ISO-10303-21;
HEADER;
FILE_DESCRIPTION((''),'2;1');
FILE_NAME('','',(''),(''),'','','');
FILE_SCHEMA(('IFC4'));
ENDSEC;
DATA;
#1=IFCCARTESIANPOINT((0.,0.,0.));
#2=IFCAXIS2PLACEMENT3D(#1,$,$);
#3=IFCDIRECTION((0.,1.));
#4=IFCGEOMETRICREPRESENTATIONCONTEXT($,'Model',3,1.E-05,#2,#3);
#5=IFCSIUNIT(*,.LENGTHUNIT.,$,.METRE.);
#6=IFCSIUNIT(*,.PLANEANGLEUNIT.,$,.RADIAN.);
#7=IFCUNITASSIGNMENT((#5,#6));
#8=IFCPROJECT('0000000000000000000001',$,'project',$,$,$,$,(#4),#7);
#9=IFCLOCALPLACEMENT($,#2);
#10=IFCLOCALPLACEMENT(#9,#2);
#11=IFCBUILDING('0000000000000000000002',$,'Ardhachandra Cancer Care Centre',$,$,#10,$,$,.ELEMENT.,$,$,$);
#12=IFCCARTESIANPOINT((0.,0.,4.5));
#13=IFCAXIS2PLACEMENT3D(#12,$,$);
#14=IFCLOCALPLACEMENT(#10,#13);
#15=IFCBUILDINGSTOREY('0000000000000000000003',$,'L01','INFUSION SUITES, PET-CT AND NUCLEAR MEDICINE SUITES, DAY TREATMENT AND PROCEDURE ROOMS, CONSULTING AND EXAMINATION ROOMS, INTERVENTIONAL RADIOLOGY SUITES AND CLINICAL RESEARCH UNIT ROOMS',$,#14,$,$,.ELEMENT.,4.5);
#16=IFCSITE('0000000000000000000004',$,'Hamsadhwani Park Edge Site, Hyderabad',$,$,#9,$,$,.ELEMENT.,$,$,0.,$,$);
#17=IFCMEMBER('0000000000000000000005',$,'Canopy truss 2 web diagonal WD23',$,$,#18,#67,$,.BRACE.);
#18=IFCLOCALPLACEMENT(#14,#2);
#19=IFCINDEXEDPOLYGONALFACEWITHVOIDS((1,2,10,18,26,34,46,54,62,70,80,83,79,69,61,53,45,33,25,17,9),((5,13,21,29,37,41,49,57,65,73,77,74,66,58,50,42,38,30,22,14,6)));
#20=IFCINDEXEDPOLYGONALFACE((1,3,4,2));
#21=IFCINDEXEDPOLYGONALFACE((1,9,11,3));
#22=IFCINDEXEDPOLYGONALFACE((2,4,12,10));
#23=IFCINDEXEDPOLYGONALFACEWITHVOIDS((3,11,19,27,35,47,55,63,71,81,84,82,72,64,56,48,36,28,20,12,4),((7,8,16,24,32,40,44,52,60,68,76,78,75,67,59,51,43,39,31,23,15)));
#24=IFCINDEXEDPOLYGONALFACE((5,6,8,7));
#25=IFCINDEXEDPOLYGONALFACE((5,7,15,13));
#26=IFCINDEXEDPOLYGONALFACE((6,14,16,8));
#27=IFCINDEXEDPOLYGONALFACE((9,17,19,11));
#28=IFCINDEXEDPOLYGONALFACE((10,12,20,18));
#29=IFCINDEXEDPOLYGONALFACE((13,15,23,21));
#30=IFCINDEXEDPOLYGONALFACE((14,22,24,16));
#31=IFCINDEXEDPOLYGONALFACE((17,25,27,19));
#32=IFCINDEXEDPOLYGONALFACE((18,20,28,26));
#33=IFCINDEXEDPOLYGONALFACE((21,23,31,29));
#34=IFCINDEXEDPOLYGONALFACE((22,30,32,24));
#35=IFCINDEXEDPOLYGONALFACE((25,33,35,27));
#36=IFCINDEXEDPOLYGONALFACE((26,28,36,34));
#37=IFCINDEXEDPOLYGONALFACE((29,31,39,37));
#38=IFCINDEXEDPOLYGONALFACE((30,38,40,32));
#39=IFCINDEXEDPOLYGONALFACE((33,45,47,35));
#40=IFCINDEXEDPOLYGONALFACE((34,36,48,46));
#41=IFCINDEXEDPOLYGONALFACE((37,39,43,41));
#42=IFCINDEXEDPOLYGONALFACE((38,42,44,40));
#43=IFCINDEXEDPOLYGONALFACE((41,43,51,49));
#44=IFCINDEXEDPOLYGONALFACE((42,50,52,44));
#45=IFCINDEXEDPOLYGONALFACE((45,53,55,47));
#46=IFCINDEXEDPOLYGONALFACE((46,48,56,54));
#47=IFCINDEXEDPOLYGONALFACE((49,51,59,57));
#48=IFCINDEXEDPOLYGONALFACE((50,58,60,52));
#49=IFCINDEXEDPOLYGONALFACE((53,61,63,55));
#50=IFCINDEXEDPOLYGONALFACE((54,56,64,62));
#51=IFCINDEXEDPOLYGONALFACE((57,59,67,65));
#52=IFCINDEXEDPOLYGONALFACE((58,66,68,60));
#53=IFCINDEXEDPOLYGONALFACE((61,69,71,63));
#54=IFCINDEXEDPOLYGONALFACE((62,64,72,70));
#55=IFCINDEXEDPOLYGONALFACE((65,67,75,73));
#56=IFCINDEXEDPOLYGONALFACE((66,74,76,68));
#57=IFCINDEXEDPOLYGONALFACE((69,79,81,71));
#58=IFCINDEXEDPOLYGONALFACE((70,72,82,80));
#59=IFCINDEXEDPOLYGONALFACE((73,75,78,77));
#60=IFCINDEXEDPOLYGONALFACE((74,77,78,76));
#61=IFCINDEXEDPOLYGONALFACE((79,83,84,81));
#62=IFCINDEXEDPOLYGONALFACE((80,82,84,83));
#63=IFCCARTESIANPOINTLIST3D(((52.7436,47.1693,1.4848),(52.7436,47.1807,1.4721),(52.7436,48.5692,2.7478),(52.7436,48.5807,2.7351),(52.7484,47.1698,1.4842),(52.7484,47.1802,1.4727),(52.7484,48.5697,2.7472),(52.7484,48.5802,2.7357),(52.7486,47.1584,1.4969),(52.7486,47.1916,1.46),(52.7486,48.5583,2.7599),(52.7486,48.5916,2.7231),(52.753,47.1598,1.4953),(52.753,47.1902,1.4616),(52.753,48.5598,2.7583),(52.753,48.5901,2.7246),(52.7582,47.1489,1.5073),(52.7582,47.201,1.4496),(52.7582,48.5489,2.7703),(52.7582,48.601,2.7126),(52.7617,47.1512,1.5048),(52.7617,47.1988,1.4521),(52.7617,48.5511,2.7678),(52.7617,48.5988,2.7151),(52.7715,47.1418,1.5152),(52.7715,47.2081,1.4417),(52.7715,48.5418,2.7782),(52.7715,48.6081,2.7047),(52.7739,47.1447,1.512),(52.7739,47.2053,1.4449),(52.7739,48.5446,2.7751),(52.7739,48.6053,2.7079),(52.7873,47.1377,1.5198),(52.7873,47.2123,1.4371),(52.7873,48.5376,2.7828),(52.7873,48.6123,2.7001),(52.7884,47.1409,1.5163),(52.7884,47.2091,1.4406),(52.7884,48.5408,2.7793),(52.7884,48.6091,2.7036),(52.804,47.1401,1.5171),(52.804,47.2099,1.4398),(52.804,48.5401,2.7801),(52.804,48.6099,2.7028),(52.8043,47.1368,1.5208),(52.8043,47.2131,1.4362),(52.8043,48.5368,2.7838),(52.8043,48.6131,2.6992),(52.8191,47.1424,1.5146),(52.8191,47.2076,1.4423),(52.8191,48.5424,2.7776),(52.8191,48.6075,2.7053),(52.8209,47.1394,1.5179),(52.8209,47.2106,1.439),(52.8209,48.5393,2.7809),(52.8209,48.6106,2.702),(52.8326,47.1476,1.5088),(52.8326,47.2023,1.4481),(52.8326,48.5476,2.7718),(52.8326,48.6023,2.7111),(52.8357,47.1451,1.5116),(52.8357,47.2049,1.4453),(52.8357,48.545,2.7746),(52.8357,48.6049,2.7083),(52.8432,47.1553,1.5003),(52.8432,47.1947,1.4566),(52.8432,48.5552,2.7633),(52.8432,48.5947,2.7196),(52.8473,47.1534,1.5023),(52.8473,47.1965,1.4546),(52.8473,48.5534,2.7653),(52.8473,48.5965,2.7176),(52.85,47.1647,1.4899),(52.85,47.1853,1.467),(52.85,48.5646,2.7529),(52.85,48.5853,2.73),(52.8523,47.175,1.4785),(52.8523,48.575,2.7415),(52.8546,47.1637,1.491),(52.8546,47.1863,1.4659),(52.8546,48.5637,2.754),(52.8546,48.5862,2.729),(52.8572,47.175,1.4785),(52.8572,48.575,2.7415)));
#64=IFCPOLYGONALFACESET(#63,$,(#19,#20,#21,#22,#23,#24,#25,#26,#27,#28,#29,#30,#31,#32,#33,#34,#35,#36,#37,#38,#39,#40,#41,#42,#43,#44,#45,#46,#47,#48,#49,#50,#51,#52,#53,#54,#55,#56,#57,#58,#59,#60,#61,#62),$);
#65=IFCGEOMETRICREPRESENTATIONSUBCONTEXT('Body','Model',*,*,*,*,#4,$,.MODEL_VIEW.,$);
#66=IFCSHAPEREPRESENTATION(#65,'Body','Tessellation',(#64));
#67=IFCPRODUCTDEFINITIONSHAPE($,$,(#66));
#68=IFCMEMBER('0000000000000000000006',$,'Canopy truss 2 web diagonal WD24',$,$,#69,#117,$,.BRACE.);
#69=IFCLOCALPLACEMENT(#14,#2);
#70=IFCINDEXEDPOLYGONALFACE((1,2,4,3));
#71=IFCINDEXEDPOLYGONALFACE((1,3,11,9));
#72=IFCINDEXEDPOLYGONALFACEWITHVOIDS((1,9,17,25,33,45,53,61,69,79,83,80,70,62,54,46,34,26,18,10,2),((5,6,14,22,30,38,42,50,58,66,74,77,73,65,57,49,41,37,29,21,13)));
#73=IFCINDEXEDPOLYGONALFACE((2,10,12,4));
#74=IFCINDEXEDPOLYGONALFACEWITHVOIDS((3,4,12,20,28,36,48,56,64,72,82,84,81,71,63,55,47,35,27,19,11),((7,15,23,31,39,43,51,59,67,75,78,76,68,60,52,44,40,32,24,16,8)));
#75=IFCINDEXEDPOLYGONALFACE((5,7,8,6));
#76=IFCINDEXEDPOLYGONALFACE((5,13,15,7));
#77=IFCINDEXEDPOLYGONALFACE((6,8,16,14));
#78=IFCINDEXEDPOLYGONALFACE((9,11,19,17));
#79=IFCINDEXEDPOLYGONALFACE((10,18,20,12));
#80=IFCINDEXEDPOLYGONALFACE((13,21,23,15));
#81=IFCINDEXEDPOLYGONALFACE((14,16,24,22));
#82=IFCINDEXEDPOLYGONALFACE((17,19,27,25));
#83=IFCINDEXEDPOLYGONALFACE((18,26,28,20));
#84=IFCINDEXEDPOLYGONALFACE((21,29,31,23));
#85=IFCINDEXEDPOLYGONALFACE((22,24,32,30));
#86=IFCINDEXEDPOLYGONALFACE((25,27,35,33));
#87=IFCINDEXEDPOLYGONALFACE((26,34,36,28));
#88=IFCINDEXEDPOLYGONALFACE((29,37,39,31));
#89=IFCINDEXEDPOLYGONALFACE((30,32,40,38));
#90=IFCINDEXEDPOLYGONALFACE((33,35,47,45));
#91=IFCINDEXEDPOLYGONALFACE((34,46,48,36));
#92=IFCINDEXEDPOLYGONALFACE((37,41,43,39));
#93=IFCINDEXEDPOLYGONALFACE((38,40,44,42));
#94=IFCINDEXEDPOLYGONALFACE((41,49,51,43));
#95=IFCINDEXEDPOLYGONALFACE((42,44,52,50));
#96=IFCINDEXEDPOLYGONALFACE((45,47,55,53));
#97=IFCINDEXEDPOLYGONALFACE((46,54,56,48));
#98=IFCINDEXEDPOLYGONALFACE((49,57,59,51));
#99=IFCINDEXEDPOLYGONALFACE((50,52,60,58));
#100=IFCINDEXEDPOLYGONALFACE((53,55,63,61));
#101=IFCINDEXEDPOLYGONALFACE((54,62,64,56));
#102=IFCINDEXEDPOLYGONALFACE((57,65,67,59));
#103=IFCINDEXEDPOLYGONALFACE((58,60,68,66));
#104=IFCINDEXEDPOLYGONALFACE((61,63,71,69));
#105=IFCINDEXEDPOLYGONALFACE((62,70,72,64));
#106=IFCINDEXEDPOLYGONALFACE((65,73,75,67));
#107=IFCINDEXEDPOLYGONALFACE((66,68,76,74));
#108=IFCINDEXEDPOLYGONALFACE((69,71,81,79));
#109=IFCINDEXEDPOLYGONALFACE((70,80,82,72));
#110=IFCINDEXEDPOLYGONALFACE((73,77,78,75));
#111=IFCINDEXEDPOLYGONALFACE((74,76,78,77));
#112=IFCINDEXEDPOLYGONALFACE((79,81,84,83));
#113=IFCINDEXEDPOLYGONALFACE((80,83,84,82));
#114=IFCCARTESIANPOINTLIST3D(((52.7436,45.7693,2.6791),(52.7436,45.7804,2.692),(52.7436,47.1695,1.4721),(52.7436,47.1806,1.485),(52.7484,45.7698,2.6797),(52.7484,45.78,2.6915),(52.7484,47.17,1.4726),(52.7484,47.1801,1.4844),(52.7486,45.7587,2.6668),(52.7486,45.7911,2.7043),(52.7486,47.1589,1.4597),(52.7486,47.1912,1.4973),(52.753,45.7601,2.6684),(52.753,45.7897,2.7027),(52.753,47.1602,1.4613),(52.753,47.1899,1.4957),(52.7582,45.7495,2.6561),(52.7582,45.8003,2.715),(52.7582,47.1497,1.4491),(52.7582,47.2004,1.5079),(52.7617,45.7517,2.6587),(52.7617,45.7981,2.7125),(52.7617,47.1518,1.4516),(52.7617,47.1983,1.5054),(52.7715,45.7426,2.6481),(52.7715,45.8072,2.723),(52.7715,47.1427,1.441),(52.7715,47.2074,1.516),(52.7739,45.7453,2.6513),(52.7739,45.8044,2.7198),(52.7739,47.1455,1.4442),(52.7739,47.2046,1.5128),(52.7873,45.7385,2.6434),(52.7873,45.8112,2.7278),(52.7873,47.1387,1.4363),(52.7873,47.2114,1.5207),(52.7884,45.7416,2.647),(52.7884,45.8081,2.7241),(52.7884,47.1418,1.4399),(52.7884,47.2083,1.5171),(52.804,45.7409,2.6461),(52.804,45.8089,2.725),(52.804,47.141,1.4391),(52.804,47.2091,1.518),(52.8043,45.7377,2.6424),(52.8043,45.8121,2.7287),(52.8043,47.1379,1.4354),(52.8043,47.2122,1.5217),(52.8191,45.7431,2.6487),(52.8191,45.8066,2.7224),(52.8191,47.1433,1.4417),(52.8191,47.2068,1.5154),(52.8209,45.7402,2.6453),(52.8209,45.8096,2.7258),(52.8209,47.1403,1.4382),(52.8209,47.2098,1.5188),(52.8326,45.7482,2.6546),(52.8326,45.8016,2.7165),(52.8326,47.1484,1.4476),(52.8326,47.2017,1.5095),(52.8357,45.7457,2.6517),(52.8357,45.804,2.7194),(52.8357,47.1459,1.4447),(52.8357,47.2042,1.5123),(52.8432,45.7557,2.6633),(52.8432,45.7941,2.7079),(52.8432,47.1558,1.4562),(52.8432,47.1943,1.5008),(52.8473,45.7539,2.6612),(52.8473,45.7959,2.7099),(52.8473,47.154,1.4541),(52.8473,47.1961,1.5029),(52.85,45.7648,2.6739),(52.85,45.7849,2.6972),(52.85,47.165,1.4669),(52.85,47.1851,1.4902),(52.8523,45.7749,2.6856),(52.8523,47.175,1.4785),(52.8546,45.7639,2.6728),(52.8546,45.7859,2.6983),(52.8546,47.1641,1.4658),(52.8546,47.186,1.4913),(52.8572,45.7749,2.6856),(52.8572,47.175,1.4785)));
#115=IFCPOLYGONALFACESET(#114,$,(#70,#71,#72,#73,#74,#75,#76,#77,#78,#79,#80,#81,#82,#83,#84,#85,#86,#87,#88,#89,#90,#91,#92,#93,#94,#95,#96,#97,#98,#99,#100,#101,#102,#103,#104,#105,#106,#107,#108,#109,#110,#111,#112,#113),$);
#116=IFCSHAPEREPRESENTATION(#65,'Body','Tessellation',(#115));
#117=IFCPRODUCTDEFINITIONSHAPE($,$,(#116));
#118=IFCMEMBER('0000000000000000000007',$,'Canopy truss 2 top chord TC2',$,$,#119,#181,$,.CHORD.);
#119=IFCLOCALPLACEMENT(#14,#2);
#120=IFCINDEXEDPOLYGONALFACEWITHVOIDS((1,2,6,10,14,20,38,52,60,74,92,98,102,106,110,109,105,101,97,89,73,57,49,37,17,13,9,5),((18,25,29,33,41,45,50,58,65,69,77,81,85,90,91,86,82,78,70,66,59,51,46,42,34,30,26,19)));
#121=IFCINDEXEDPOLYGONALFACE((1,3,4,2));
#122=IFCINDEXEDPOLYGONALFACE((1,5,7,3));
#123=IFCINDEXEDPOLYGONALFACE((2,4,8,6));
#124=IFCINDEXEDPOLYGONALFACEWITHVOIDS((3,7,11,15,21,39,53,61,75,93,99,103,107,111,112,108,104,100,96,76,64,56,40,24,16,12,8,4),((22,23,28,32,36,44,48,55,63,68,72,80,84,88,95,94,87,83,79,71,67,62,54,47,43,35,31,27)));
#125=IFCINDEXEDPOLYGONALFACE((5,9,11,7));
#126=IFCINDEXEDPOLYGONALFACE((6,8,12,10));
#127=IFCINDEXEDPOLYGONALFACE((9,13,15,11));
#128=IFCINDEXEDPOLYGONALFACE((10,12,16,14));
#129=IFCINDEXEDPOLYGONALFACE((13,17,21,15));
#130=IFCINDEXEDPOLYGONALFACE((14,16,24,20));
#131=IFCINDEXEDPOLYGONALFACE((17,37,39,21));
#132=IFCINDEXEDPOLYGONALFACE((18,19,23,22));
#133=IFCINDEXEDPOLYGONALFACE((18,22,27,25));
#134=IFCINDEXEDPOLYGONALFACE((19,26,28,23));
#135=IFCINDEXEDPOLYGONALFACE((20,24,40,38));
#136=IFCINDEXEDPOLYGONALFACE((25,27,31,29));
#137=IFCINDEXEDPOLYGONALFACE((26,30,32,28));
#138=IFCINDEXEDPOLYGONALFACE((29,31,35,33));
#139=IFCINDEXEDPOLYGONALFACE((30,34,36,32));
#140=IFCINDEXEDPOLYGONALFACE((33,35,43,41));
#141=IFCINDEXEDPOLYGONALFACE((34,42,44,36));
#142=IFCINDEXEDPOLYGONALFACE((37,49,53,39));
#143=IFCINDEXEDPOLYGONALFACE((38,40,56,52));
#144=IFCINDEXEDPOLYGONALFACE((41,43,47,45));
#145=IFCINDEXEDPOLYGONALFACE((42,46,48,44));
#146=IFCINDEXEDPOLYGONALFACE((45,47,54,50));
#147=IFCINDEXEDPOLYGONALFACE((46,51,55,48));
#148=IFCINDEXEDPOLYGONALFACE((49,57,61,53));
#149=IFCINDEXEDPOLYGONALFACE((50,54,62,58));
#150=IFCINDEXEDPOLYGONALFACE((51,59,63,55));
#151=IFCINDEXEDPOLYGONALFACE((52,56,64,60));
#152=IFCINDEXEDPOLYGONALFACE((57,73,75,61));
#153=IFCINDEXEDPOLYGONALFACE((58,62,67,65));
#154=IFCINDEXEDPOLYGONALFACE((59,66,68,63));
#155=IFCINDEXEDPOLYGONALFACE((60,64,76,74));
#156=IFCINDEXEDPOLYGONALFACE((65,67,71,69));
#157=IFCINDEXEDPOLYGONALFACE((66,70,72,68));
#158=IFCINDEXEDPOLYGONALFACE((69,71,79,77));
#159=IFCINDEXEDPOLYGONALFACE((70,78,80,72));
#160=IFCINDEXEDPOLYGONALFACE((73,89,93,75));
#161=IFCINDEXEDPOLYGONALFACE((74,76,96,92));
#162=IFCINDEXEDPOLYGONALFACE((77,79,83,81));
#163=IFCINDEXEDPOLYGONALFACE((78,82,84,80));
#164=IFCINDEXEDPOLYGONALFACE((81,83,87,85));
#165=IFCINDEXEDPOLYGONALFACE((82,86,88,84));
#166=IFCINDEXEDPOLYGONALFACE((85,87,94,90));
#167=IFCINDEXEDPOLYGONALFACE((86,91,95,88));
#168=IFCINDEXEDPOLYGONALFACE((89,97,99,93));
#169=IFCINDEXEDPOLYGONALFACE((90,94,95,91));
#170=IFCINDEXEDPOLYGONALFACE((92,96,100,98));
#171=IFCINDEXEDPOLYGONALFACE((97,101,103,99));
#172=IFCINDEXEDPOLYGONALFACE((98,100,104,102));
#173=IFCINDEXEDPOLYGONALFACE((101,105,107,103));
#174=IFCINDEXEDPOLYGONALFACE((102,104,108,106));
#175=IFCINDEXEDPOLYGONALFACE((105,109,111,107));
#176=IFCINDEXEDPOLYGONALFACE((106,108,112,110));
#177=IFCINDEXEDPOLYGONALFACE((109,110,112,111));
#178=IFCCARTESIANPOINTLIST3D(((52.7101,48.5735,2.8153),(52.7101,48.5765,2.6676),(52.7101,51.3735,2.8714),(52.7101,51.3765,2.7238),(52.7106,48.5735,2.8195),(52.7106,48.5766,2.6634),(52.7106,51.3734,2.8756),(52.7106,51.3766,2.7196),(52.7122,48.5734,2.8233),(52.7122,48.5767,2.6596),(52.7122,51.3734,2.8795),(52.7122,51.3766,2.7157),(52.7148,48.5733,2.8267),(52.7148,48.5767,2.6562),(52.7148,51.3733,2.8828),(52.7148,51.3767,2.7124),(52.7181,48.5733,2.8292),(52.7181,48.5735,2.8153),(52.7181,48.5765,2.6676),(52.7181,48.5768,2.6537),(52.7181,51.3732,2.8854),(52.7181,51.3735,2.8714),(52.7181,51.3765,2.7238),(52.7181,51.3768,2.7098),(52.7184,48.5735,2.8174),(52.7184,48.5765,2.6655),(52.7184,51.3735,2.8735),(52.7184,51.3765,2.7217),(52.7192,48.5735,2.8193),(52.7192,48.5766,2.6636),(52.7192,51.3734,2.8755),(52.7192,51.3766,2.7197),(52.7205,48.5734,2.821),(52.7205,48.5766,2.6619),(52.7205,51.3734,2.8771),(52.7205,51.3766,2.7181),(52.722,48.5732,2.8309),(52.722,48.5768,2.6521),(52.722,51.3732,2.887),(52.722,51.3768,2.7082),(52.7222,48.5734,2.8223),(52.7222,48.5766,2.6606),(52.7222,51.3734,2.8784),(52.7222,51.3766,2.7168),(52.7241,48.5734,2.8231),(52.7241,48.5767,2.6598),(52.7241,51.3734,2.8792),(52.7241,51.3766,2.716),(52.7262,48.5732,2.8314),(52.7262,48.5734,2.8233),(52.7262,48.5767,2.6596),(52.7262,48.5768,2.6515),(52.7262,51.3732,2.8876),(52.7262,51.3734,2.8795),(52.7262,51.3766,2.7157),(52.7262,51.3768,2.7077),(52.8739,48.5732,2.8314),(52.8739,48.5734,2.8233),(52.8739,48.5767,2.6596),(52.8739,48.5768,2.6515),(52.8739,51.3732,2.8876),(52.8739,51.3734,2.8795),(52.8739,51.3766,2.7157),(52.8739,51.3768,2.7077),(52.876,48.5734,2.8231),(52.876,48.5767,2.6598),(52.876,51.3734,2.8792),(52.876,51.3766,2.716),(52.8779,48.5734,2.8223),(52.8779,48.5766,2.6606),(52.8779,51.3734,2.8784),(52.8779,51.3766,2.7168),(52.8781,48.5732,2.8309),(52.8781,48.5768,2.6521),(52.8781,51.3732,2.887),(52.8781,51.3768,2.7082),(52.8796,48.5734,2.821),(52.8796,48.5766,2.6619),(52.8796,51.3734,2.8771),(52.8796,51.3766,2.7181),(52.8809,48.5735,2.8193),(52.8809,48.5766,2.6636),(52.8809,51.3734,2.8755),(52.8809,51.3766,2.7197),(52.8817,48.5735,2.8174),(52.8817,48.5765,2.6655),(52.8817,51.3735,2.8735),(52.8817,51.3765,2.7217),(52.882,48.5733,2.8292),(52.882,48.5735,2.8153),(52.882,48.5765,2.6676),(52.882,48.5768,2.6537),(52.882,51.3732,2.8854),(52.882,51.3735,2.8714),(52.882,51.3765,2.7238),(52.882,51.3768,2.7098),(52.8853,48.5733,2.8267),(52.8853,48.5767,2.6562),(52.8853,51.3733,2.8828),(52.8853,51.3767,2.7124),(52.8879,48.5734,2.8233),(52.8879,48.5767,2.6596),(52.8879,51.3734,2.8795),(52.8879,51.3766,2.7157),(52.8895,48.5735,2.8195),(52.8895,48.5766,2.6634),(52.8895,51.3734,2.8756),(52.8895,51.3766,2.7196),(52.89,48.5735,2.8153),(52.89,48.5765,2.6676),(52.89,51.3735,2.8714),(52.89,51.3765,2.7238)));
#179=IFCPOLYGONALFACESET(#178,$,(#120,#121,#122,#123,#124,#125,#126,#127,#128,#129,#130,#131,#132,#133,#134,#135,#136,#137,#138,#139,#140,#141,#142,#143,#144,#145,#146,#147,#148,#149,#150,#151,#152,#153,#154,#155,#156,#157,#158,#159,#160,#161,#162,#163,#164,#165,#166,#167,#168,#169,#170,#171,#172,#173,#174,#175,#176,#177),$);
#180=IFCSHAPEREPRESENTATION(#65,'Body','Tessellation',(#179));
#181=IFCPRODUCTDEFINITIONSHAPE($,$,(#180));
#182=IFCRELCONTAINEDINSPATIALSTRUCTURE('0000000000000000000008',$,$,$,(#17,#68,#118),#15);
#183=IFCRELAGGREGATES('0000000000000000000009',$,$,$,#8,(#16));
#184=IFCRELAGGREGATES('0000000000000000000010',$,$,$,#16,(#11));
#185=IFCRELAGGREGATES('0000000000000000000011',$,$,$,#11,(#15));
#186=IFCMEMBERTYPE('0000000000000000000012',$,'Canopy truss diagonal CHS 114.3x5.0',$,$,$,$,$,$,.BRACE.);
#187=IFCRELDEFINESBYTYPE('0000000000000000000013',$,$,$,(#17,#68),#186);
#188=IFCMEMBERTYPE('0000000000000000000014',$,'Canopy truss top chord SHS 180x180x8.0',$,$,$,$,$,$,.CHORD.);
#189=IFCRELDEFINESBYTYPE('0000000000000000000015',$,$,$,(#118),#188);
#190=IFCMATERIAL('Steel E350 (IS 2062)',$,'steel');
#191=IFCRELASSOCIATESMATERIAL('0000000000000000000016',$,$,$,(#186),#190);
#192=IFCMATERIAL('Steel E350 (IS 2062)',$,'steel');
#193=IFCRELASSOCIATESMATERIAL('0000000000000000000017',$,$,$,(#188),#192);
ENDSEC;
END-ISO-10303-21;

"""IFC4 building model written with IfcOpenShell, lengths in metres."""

from ifc_helpers import new_model, si_unit, direction, frame, origin, origin_2d, place, context, subcontext, project, spatial, hollow_rectangle, hollow_circle, extrude, material, material_profile, profile_set, type_object, element, save


model = new_model("IFC4")

# Units and contexts
model_context = context("Model", 3, precision=1e-05, world=origin(), true_north=direction((0.0, 1.0)))
body_context = subcontext(model_context, "Body", "Model", "MODEL_VIEW")
ifc_project = project(units=[si_unit("LENGTHUNIT", "METRE"), si_unit("PLANEANGLEUNIT", "RADIAN")], contexts=[model_context])

# Site, building, storey
site_placement = place(None, origin())
site = spatial("IfcSite", under=ifc_project, at=site_placement, Name="Hamsadhwani Park Edge Site, Hyderabad", CompositionType="ELEMENT", RefElevation=0.0)
building_placement = place(site_placement, origin())
building = spatial("IfcBuilding", under=site, at=building_placement, Name="Ardhachandra Cancer Care Centre", CompositionType="ELEMENT")
storey_placement = place(building_placement, frame((0.0, 0.0, 4.5)))
storey = spatial("IfcBuildingStorey", under=building, at=storey_placement, Name="L01", Description="INFUSION SUITES, PET-CT AND NUCLEAR MEDICINE SUITES, DAY TREATMENT AND PROCEDURE ROOMS, CONSULTING AND EXAMINATION ROOMS, INTERVENTIONAL RADIOLOGY SUITES AND CLINICAL RESEARCH UNIT ROOMS", CompositionType="ELEMENT", Elevation=4.5)

# Members
ifc_material_1 = material(Name="Steel E350 (IS 2062)", Category="steel")
ifc_material_profile_1 = material_profile(ifc_material_1, hollow_circle(Radius=0.0571, WallThickness=0.0049, at=origin_2d()), Name="CHS 114.3x5.0")
ifc_profile_set_1 = profile_set([ifc_material_profile_1], Name="Steel E350 (IS 2062)")
member_type_1 = type_object("IfcMemberType", Name="Canopy truss diagonal CHS 114.3x5.0", PredefinedType="BRACE", material=ifc_profile_set_1)
member_1_placement = place(storey_placement, frame((52.8, 48.575, 2.7415), z_axis=(0.0, -0.742495, -0.669851), x_axis=(1.0, 0.0, 0.0)))
element("IfcMember", 1, at=member_1_placement, inside=storey, type_object=member_type_1, Name="Canopy truss 2 web diagonal WD23", PredefinedType="BRACE", context=body_context, shape_type="SweptSolid", body=[
    extrude(hollow_circle(Radius=0.0571, WallThickness=0.0049, at=origin_2d()), origin(), (0.0, 0.0, 1.0), 1.8855),
])
member_2_placement = place(storey_placement, frame((52.8, 47.175, 1.4785), z_axis=(0.0, -0.757408, 0.652942), x_axis=(1.0, 0.0, 0.0)))
element("IfcMember", 2, at=member_2_placement, inside=storey, type_object=member_type_1, Name="Canopy truss 2 web diagonal WD24", PredefinedType="BRACE", context=body_context, shape_type="SweptSolid", body=[
    extrude(hollow_circle(Radius=0.0571, WallThickness=0.0049, at=origin_2d()), origin(), (0.0, 0.0, 1.0), 1.8486),
])
ifc_material_2 = material(Name="Steel E350 (IS 2062)", Category="steel")
ifc_material_profile_2 = material_profile(ifc_material_2, hollow_rectangle(XDim=0.1799, YDim=0.1799, WallThickness=0.0081, InnerFilletRadius=0.0081, OuterFilletRadius=0.0161, at=origin_2d()), Name="SHS 180x180x8.0")
ifc_profile_set_2 = profile_set([ifc_material_profile_2], Name="Steel E350 (IS 2062)")
member_type_2 = type_object("IfcMemberType", Name="Canopy truss top chord SHS 180x180x8.0", PredefinedType="CHORD", material=ifc_profile_set_2)
for number, where, z_axis, x_axis, name in (
    (3, (52.8, 51.375, 2.7976), (0.0, -0.999799, -0.02005), (1.0, 0.0, 0.0), "Canopy truss 2 top chord TC2"),
):
    element("IfcMember", number, at=place(storey_placement, frame(where, z_axis=z_axis, x_axis=x_axis)), inside=storey, type_object=member_type_2, Name=name, PredefinedType="CHORD", context=body_context, shape_type="SweptSolid", body=[
        extrude(hollow_rectangle(XDim=0.1799, YDim=0.1799, WallThickness=0.0081, InnerFilletRadius=0.0081, OuterFilletRadius=0.0161, at=origin_2d()), origin(), (0.0, 0.0, 1.0), 2.8005),
    ])

save(model, "model.ifc")
